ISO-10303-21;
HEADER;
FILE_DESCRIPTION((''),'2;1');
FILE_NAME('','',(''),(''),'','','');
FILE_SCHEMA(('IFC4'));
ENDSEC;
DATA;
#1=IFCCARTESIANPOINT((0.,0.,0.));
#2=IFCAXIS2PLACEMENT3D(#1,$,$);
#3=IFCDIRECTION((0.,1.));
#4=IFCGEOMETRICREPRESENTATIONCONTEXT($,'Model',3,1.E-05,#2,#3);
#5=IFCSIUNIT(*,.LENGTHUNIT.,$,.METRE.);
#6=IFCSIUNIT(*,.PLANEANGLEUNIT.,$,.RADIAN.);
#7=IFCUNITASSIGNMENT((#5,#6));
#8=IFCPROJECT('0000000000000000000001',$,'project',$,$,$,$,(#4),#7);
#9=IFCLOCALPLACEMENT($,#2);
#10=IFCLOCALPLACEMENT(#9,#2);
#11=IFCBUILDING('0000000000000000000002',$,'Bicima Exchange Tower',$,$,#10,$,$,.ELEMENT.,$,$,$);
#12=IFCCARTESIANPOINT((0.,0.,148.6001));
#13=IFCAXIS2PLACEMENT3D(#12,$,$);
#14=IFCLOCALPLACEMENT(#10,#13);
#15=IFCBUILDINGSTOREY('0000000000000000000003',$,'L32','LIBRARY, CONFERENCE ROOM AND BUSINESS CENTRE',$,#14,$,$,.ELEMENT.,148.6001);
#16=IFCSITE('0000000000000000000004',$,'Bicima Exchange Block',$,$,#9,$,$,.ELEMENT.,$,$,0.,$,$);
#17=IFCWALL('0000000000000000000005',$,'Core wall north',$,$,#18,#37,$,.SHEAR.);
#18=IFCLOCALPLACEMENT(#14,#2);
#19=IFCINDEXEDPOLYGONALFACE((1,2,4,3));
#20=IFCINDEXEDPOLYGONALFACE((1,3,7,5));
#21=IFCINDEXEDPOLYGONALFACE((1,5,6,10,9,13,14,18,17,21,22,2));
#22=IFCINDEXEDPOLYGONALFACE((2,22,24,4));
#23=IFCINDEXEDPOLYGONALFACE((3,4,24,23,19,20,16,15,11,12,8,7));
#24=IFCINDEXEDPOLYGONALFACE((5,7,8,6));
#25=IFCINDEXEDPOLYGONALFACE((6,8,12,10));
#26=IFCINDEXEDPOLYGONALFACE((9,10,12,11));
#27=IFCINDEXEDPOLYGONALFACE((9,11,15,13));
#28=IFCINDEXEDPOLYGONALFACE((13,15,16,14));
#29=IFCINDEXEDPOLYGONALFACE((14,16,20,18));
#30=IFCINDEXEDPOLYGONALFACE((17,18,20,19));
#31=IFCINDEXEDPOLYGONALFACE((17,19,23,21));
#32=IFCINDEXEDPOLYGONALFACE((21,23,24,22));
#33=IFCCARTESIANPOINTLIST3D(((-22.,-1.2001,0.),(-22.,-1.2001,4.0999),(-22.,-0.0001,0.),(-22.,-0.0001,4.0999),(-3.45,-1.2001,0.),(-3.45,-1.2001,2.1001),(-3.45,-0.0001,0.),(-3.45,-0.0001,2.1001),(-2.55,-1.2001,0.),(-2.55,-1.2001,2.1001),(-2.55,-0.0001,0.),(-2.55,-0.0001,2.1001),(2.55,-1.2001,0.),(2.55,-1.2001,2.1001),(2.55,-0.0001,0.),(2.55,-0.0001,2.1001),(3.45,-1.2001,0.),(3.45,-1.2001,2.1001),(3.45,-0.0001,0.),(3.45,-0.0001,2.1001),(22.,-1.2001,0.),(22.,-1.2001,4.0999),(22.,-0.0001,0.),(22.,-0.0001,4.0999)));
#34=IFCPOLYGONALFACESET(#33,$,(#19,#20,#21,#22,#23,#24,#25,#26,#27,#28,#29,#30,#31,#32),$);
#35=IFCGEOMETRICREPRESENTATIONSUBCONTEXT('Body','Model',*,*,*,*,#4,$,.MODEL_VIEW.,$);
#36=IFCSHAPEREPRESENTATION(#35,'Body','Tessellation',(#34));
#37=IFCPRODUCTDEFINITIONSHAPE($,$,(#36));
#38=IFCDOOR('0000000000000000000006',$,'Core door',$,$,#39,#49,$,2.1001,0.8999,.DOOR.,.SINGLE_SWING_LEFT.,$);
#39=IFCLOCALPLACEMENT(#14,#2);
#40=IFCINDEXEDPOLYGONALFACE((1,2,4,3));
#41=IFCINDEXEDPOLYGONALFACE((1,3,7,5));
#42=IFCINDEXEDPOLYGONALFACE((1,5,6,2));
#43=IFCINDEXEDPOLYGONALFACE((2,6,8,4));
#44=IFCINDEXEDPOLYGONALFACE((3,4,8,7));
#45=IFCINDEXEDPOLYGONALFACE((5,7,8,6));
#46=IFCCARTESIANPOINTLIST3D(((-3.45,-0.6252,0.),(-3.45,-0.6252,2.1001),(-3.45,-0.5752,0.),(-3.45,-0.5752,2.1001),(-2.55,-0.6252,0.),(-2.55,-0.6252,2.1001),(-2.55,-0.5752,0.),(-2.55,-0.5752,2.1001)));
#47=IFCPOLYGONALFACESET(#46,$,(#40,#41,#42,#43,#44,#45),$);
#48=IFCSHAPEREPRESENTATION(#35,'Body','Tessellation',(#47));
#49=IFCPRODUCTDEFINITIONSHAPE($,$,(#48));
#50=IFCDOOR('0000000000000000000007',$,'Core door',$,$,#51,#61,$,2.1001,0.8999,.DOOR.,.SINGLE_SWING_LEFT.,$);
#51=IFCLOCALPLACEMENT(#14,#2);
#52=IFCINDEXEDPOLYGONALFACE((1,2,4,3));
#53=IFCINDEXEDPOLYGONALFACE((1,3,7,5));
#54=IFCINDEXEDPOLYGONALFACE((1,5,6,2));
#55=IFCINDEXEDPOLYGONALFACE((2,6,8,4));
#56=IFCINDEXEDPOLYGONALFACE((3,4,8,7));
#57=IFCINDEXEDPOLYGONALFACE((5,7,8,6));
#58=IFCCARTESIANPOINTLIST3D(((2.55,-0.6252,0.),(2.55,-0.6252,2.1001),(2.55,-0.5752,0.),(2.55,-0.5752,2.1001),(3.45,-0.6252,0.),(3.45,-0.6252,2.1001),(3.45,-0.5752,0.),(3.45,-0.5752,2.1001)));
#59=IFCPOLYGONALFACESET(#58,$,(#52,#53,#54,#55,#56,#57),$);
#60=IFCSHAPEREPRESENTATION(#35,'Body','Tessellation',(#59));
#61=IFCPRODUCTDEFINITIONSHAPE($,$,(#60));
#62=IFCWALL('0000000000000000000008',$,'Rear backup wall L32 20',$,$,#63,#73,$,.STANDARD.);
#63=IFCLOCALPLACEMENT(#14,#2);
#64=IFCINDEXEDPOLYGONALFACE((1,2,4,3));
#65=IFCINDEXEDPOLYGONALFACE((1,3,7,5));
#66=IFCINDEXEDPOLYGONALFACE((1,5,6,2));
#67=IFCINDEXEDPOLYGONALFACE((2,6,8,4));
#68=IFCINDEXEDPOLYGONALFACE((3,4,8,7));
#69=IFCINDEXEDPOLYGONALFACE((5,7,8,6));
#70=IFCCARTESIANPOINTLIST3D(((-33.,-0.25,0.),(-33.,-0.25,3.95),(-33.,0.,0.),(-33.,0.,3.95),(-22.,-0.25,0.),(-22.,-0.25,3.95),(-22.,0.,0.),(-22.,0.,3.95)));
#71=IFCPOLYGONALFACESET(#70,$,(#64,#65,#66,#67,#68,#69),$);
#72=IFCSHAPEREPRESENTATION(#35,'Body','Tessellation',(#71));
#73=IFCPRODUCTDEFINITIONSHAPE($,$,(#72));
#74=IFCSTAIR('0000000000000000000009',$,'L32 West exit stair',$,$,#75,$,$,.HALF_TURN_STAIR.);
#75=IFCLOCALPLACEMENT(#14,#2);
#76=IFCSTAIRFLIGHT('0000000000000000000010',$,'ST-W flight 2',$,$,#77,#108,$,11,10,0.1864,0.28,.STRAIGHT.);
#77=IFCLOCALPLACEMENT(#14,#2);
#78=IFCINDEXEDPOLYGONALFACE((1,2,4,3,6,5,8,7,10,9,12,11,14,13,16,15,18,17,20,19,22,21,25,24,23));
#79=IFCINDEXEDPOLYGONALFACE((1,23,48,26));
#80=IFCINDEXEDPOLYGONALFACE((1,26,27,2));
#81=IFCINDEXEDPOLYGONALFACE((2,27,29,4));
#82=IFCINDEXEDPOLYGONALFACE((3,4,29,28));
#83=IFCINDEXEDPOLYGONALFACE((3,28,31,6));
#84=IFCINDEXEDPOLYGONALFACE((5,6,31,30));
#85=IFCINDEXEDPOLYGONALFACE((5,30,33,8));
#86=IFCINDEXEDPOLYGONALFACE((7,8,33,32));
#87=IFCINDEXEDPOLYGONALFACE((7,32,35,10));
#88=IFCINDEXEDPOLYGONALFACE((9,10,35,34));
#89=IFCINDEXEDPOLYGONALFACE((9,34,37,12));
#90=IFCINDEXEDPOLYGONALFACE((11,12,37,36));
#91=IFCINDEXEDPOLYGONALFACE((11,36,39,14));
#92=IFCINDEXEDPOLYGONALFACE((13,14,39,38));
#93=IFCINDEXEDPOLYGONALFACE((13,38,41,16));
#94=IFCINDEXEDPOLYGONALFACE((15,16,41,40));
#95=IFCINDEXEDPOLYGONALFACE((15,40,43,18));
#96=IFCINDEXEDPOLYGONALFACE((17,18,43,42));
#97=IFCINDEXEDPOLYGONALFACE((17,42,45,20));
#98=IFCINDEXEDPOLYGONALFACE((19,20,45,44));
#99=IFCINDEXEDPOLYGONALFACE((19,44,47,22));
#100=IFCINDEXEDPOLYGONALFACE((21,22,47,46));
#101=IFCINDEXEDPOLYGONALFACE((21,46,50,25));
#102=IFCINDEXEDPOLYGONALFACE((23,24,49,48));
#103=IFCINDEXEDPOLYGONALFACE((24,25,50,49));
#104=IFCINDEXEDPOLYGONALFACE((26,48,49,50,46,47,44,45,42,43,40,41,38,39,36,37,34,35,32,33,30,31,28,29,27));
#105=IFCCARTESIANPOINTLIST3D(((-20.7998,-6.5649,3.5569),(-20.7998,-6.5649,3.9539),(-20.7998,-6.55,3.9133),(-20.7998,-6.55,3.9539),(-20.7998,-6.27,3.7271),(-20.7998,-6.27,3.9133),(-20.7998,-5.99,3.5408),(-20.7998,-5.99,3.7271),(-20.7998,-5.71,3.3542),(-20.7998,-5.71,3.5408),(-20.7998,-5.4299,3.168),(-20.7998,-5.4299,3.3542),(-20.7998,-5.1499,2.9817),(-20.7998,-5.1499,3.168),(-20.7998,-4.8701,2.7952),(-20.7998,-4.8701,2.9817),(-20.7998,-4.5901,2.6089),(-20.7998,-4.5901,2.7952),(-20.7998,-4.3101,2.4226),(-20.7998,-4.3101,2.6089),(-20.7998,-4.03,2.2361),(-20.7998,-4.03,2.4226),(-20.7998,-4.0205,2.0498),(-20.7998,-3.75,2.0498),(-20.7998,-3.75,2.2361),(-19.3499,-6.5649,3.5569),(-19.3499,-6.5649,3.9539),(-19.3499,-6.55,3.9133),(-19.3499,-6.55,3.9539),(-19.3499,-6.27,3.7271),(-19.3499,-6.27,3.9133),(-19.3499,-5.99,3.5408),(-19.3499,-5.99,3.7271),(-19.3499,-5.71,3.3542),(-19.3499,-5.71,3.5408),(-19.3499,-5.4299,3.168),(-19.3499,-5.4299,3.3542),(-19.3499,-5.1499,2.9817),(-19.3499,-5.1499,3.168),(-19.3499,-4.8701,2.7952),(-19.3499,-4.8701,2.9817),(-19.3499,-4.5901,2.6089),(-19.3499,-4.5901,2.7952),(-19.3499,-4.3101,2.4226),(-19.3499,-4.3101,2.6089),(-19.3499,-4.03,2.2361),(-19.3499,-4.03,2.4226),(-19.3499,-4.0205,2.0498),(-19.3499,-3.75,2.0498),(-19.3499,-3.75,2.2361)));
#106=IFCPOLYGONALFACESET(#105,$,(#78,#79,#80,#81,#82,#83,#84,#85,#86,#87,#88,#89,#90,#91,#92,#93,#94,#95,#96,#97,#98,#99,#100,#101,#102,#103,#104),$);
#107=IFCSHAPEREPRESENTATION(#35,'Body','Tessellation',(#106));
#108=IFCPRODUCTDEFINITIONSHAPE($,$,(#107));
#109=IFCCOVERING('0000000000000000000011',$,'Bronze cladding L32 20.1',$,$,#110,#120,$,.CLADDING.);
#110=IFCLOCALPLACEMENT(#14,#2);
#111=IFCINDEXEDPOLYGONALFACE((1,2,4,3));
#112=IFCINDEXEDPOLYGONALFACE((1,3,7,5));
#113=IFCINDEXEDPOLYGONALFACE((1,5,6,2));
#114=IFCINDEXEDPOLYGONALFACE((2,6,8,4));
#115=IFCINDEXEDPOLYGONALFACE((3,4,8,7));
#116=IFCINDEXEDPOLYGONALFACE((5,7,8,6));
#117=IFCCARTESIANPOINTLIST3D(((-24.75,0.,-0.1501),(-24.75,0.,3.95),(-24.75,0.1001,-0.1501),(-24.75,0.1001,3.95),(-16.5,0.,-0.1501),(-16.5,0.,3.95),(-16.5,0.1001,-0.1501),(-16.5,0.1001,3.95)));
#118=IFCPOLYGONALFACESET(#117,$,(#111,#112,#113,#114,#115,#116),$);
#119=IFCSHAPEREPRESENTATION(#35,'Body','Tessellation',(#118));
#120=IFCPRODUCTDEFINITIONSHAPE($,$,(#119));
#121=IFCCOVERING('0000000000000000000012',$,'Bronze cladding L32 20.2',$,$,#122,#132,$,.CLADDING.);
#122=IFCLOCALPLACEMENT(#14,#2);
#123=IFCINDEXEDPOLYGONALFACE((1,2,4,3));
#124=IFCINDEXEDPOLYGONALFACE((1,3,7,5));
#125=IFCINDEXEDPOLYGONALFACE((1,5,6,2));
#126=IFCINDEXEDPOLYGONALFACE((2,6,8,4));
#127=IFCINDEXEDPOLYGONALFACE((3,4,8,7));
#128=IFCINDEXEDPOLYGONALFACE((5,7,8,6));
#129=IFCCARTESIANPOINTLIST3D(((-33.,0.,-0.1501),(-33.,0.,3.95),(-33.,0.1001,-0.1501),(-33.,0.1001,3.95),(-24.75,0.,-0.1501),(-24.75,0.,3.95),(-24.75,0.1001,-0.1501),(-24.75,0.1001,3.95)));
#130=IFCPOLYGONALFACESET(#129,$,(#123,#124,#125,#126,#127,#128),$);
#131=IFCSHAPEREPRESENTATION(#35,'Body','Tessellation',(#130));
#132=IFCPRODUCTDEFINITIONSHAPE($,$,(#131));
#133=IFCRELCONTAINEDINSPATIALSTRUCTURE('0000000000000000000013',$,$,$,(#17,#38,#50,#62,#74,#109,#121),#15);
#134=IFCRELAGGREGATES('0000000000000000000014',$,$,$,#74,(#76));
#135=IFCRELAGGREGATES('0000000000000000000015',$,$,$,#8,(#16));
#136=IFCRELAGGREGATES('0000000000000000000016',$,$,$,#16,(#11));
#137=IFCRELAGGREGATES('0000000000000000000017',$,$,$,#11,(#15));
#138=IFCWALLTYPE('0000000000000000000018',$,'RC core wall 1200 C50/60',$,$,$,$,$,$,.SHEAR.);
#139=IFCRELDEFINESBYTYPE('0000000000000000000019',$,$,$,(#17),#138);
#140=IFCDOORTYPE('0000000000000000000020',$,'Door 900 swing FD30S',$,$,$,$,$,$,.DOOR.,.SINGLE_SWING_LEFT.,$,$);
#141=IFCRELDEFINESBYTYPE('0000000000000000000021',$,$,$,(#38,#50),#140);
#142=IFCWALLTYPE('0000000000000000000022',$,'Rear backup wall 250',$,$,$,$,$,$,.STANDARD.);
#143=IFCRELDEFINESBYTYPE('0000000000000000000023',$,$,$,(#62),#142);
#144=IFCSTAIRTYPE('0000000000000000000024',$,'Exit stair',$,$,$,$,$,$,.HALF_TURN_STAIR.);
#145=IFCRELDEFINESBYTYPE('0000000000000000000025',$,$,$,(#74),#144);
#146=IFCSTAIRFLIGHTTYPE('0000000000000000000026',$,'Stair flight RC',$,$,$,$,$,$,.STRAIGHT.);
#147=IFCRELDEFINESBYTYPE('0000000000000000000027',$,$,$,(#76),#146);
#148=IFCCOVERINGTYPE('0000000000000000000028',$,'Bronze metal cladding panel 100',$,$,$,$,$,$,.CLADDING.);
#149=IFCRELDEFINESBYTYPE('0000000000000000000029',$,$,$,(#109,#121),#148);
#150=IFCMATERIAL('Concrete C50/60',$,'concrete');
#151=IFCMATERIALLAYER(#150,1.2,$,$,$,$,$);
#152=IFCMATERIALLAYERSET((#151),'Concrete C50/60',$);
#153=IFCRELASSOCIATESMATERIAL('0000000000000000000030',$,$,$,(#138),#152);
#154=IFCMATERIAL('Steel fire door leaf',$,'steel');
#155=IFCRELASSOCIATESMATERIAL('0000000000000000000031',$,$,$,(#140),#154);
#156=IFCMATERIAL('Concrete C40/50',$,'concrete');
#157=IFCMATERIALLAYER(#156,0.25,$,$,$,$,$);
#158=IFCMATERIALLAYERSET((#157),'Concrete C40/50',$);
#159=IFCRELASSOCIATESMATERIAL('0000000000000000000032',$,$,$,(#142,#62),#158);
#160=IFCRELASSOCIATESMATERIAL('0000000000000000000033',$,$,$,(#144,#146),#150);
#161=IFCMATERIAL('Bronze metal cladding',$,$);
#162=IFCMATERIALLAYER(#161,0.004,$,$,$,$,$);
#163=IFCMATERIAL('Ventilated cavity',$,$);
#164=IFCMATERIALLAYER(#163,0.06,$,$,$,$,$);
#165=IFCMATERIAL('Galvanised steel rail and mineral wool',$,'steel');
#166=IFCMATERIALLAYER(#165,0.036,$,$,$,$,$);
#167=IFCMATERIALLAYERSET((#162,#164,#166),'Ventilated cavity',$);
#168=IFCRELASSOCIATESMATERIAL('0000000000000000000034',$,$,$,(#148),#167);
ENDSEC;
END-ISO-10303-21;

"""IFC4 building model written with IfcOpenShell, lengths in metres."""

from ifc_helpers import new_model, si_unit, direction, frame, frame_2d, origin, origin_2d, place, context, subcontext, project, spatial, polyline, rectangle, outline, extrude, material, layer, layer_set, layer_usage, type_object, element, fill, aggregate, save


model = new_model("IFC4")

# Units and contexts
model_context = context("Model", 3, precision=1e-05, world=origin(), true_north=direction((0.0, 1.0)))
body_context = subcontext(model_context, "Body", "Model", "MODEL_VIEW")
ifc_project = project(units=[si_unit("LENGTHUNIT", "METRE"), si_unit("PLANEANGLEUNIT", "RADIAN")], contexts=[model_context])

# Site, building, storey
site_placement = place(None, origin())
site = spatial("IfcSite", under=ifc_project, at=site_placement, Name="Bicima Exchange Block", CompositionType="ELEMENT", RefElevation=0.0)
building_placement = place(site_placement, origin())
building = spatial("IfcBuilding", under=site, at=building_placement, Name="Bicima Exchange Tower", CompositionType="ELEMENT")
storey_placement = place(building_placement, frame((0.0, 0.0, 148.6001)))
storey = spatial("IfcBuildingStorey", under=building, at=storey_placement, Name="L32", Description="LIBRARY, CONFERENCE ROOM AND BUSINESS CENTRE", CompositionType="ELEMENT", Elevation=148.6001)

# Wall, openings, doors
ifc_material_1 = material(Name="Concrete C50/60", Category="concrete")
ifc_layer_1 = layer(ifc_material_1, 1.2)
ifc_layer_set_1 = layer_set([ifc_layer_1], Name="Concrete C50/60")
wall_type_1 = type_object("IfcWallType", Name="RC core wall 1200 C50/60", PredefinedType="SHEAR", material=ifc_layer_set_1)
wall_1_placement = place(storey_placement, frame((-22.0, -0.6001, 0.0), z_axis=(0.0, 0.0, 1.0), x_axis=(1.0, 0.0, 0.0)))
wall_1 = element("IfcWall", 1, at=wall_1_placement, inside=storey, type_object=wall_type_1, Name="Core wall north", PredefinedType="SHEAR", context=body_context, shape_type="SweptSolid", body=[
    extrude(rectangle(XDim=44.0, YDim=1.2, at=frame_2d((22.0, 0.0))), origin(), (0.0, 0.0, 1.0), 4.0999),
])
opening_1_placement = place(wall_1_placement, frame((18.55, 0.0, 0.0)))
opening_1 = element("IfcOpeningElement", 2, at=opening_1_placement, cuts=wall_1, PredefinedType="OPENING", context=body_context, shape_type="SweptSolid", body=[
    extrude(rectangle(XDim=0.8999, YDim=2.1001, at=frame_2d((0.45, 1.05))), frame((0.0, 0.6118, 0.0), z_axis=(0.0, -1.0, 0.0), x_axis=(1.0, 0.0, 0.0)), (0.0, 0.0, 1.0), 1.2239),
])
opening_2_placement = place(wall_1_placement, frame((24.55, 0.0, 0.0)))
opening_2 = element("IfcOpeningElement", 3, at=opening_2_placement, cuts=wall_1, PredefinedType="OPENING", context=body_context, shape_type="SweptSolid", body=[
    extrude(rectangle(XDim=0.8999, YDim=2.1001, at=frame_2d((0.45, 1.05))), frame((0.0, 0.6118, 0.0), z_axis=(0.0, -1.0, 0.0), x_axis=(1.0, 0.0, 0.0)), (0.0, 0.0, 1.0), 1.2239),
])
ifc_material_2 = material(Name="Steel fire door leaf", Category="steel")
door_type = type_object("IfcDoorType", Name="Door 900 swing FD30S", OperationType="SINGLE_SWING_LEFT", PredefinedType="DOOR", material=ifc_material_2)
door_1_placement = place(opening_1_placement, origin())
door_1 = element("IfcDoor", 4, at=door_1_placement, inside=storey, type_object=door_type, Name="Core door", OperationType="SINGLE_SWING_LEFT", OverallHeight=2.1001, OverallWidth=0.8999, PredefinedType="DOOR", context=body_context, shape_type="SweptSolid", body=[
    extrude(rectangle(XDim=0.8999, YDim=2.1001, at=frame_2d((0.45, 1.05))), frame((0.0, 0.0249, 0.0), z_axis=(0.0, -1.0, 0.0), x_axis=(1.0, 0.0, 0.0)), (0.0, 0.0, 1.0), 0.05),
])
fill(opening_1, door_1)
door_2_placement = place(opening_2_placement, origin())
door_2 = element("IfcDoor", 5, at=door_2_placement, inside=storey, type_object=door_type, Name="Core door", OperationType="SINGLE_SWING_LEFT", OverallHeight=2.1001, OverallWidth=0.8999, PredefinedType="DOOR", context=body_context, shape_type="SweptSolid", body=[
    extrude(rectangle(XDim=0.8999, YDim=2.1001, at=frame_2d((0.45, 1.05))), frame((0.0, 0.0249, 0.0), z_axis=(0.0, -1.0, 0.0), x_axis=(1.0, 0.0, 0.0)), (0.0, 0.0, 1.0), 0.05),
])
fill(opening_2, door_2)

# Wall
ifc_material_3 = material(Name="Concrete C40/50", Category="concrete")
ifc_layer_2 = layer(ifc_material_3, 0.25)
ifc_layer_set_2 = layer_set([ifc_layer_2], Name="Concrete C40/50")
ifc_layer_usage = layer_usage(ifc_layer_set_2, "AXIS2", "POSITIVE", -0.125)
wall_type_2 = type_object("IfcWallType", Name="Rear backup wall 250", PredefinedType="STANDARD", material=ifc_layer_set_2)
wall_2_placement = place(storey_placement, frame((-22.0, -0.125, 0.0), z_axis=(0.0, 0.0, 1.0), x_axis=(-1.0, 0.0, 0.0)))
element("IfcWall", 6, at=wall_2_placement, inside=storey, type_object=wall_type_2, material=ifc_layer_usage, Name="Rear backup wall L32 20", PredefinedType="STANDARD", context=body_context, shape_type="SweptSolid", body=[
    extrude(rectangle(XDim=11.0, YDim=0.25, at=frame_2d((5.5, 0.0))), origin(), (0.0, 0.0, 1.0), 3.95),
])

# Stair, stair flight
stair_type = type_object("IfcStairType", Name="Exit stair", PredefinedType="HALF_TURN_STAIR", material=ifc_material_1)
stair_placement = place(storey_placement, origin())
stair = element("IfcStair", 7, at=stair_placement, inside=storey, type_object=stair_type, Name="L32 West exit stair", PredefinedType="HALF_TURN_STAIR")
stair_flight_type = type_object("IfcStairFlightType", Name="Stair flight RC", PredefinedType="STRAIGHT", material=ifc_material_1)
stair_flight_placement = place(storey_placement, frame((-20.075, -3.75, 2.0498), z_axis=(0.0, 0.0, 1.0), x_axis=(0.0, -1.0, 0.0)))
stair_flight = element("IfcStairFlight", 8, at=stair_flight_placement, type_object=stair_flight_type, Name="ST-W flight 2", NumberOfRisers=11, NumberOfTreads=10, PredefinedType="STRAIGHT", RiserHeight=0.1864, TreadLength=0.28, context=body_context, shape_type="SweptSolid", body=[
    extrude(outline(polyline([(0.0, 0.0), (0.0, 0.1863), (0.28, 0.1863), (0.28, 0.3728), (0.5601, 0.3728), (0.5601, 0.5591), (0.8401, 0.5591), (0.8401, 0.7454), (1.1201, 0.7454), (1.1201, 0.9319), (1.3999, 0.9319), (1.3999, 1.1182), (1.6799, 1.1182), (1.6799, 1.3044), (1.96, 1.3044), (1.96, 1.491), (2.24, 1.491), (2.24, 1.6772), (2.52, 1.6772), (2.52, 1.8635), (2.8, 1.8635), (2.8, 1.9041), (2.8149, 1.9041), (2.8149, 1.5071), (0.2705, 0.0), (0.0, 0.0)])), frame((0.0, 0.7251, 0.0), z_axis=(0.0, -1.0, 0.0), x_axis=(1.0, 0.0, 0.0)), (0.0, 0.0, 1.0), 1.45),
])
aggregate(stair, [stair_flight])

# Coverings
ifc_material_4 = material(Name="Bronze metal cladding")
ifc_layer_3 = layer(ifc_material_4, 0.004)
ifc_material_5 = material(Name="Ventilated cavity")
ifc_layer_4 = layer(ifc_material_5, 0.06)
ifc_material_6 = material(Name="Galvanised steel rail and mineral wool", Category="steel")
ifc_layer_5 = layer(ifc_material_6, 0.036)
ifc_layer_set_3 = layer_set([ifc_layer_3, ifc_layer_4, ifc_layer_5], Name="Ventilated cavity")
covering_type = type_object("IfcCoveringType", Name="Bronze metal cladding panel 100", PredefinedType="CLADDING", material=ifc_layer_set_3)
for number, where, z_axis, x_axis, name in (
    (9, (-20.625, 0.05, -0.1501), (0.0, 0.0, 1.0), (-1.0, 0.0, 0.0), "Bronze cladding L32 20.1"),
    (10, (-28.875, 0.05, -0.1501), (0.0, 0.0, 1.0), (-1.0, 0.0, 0.0), "Bronze cladding L32 20.2"),
):
    element("IfcCovering", number, at=place(storey_placement, frame(where, z_axis=z_axis, x_axis=x_axis)), inside=storey, type_object=covering_type, Name=name, PredefinedType="CLADDING", context=body_context, shape_type="SweptSolid", body=[
        extrude(rectangle(XDim=8.25, YDim=0.1001, at=origin_2d()), origin(), (0.0, 0.0, 1.0), 4.1001),
    ])

save(model, "model.ifc")
